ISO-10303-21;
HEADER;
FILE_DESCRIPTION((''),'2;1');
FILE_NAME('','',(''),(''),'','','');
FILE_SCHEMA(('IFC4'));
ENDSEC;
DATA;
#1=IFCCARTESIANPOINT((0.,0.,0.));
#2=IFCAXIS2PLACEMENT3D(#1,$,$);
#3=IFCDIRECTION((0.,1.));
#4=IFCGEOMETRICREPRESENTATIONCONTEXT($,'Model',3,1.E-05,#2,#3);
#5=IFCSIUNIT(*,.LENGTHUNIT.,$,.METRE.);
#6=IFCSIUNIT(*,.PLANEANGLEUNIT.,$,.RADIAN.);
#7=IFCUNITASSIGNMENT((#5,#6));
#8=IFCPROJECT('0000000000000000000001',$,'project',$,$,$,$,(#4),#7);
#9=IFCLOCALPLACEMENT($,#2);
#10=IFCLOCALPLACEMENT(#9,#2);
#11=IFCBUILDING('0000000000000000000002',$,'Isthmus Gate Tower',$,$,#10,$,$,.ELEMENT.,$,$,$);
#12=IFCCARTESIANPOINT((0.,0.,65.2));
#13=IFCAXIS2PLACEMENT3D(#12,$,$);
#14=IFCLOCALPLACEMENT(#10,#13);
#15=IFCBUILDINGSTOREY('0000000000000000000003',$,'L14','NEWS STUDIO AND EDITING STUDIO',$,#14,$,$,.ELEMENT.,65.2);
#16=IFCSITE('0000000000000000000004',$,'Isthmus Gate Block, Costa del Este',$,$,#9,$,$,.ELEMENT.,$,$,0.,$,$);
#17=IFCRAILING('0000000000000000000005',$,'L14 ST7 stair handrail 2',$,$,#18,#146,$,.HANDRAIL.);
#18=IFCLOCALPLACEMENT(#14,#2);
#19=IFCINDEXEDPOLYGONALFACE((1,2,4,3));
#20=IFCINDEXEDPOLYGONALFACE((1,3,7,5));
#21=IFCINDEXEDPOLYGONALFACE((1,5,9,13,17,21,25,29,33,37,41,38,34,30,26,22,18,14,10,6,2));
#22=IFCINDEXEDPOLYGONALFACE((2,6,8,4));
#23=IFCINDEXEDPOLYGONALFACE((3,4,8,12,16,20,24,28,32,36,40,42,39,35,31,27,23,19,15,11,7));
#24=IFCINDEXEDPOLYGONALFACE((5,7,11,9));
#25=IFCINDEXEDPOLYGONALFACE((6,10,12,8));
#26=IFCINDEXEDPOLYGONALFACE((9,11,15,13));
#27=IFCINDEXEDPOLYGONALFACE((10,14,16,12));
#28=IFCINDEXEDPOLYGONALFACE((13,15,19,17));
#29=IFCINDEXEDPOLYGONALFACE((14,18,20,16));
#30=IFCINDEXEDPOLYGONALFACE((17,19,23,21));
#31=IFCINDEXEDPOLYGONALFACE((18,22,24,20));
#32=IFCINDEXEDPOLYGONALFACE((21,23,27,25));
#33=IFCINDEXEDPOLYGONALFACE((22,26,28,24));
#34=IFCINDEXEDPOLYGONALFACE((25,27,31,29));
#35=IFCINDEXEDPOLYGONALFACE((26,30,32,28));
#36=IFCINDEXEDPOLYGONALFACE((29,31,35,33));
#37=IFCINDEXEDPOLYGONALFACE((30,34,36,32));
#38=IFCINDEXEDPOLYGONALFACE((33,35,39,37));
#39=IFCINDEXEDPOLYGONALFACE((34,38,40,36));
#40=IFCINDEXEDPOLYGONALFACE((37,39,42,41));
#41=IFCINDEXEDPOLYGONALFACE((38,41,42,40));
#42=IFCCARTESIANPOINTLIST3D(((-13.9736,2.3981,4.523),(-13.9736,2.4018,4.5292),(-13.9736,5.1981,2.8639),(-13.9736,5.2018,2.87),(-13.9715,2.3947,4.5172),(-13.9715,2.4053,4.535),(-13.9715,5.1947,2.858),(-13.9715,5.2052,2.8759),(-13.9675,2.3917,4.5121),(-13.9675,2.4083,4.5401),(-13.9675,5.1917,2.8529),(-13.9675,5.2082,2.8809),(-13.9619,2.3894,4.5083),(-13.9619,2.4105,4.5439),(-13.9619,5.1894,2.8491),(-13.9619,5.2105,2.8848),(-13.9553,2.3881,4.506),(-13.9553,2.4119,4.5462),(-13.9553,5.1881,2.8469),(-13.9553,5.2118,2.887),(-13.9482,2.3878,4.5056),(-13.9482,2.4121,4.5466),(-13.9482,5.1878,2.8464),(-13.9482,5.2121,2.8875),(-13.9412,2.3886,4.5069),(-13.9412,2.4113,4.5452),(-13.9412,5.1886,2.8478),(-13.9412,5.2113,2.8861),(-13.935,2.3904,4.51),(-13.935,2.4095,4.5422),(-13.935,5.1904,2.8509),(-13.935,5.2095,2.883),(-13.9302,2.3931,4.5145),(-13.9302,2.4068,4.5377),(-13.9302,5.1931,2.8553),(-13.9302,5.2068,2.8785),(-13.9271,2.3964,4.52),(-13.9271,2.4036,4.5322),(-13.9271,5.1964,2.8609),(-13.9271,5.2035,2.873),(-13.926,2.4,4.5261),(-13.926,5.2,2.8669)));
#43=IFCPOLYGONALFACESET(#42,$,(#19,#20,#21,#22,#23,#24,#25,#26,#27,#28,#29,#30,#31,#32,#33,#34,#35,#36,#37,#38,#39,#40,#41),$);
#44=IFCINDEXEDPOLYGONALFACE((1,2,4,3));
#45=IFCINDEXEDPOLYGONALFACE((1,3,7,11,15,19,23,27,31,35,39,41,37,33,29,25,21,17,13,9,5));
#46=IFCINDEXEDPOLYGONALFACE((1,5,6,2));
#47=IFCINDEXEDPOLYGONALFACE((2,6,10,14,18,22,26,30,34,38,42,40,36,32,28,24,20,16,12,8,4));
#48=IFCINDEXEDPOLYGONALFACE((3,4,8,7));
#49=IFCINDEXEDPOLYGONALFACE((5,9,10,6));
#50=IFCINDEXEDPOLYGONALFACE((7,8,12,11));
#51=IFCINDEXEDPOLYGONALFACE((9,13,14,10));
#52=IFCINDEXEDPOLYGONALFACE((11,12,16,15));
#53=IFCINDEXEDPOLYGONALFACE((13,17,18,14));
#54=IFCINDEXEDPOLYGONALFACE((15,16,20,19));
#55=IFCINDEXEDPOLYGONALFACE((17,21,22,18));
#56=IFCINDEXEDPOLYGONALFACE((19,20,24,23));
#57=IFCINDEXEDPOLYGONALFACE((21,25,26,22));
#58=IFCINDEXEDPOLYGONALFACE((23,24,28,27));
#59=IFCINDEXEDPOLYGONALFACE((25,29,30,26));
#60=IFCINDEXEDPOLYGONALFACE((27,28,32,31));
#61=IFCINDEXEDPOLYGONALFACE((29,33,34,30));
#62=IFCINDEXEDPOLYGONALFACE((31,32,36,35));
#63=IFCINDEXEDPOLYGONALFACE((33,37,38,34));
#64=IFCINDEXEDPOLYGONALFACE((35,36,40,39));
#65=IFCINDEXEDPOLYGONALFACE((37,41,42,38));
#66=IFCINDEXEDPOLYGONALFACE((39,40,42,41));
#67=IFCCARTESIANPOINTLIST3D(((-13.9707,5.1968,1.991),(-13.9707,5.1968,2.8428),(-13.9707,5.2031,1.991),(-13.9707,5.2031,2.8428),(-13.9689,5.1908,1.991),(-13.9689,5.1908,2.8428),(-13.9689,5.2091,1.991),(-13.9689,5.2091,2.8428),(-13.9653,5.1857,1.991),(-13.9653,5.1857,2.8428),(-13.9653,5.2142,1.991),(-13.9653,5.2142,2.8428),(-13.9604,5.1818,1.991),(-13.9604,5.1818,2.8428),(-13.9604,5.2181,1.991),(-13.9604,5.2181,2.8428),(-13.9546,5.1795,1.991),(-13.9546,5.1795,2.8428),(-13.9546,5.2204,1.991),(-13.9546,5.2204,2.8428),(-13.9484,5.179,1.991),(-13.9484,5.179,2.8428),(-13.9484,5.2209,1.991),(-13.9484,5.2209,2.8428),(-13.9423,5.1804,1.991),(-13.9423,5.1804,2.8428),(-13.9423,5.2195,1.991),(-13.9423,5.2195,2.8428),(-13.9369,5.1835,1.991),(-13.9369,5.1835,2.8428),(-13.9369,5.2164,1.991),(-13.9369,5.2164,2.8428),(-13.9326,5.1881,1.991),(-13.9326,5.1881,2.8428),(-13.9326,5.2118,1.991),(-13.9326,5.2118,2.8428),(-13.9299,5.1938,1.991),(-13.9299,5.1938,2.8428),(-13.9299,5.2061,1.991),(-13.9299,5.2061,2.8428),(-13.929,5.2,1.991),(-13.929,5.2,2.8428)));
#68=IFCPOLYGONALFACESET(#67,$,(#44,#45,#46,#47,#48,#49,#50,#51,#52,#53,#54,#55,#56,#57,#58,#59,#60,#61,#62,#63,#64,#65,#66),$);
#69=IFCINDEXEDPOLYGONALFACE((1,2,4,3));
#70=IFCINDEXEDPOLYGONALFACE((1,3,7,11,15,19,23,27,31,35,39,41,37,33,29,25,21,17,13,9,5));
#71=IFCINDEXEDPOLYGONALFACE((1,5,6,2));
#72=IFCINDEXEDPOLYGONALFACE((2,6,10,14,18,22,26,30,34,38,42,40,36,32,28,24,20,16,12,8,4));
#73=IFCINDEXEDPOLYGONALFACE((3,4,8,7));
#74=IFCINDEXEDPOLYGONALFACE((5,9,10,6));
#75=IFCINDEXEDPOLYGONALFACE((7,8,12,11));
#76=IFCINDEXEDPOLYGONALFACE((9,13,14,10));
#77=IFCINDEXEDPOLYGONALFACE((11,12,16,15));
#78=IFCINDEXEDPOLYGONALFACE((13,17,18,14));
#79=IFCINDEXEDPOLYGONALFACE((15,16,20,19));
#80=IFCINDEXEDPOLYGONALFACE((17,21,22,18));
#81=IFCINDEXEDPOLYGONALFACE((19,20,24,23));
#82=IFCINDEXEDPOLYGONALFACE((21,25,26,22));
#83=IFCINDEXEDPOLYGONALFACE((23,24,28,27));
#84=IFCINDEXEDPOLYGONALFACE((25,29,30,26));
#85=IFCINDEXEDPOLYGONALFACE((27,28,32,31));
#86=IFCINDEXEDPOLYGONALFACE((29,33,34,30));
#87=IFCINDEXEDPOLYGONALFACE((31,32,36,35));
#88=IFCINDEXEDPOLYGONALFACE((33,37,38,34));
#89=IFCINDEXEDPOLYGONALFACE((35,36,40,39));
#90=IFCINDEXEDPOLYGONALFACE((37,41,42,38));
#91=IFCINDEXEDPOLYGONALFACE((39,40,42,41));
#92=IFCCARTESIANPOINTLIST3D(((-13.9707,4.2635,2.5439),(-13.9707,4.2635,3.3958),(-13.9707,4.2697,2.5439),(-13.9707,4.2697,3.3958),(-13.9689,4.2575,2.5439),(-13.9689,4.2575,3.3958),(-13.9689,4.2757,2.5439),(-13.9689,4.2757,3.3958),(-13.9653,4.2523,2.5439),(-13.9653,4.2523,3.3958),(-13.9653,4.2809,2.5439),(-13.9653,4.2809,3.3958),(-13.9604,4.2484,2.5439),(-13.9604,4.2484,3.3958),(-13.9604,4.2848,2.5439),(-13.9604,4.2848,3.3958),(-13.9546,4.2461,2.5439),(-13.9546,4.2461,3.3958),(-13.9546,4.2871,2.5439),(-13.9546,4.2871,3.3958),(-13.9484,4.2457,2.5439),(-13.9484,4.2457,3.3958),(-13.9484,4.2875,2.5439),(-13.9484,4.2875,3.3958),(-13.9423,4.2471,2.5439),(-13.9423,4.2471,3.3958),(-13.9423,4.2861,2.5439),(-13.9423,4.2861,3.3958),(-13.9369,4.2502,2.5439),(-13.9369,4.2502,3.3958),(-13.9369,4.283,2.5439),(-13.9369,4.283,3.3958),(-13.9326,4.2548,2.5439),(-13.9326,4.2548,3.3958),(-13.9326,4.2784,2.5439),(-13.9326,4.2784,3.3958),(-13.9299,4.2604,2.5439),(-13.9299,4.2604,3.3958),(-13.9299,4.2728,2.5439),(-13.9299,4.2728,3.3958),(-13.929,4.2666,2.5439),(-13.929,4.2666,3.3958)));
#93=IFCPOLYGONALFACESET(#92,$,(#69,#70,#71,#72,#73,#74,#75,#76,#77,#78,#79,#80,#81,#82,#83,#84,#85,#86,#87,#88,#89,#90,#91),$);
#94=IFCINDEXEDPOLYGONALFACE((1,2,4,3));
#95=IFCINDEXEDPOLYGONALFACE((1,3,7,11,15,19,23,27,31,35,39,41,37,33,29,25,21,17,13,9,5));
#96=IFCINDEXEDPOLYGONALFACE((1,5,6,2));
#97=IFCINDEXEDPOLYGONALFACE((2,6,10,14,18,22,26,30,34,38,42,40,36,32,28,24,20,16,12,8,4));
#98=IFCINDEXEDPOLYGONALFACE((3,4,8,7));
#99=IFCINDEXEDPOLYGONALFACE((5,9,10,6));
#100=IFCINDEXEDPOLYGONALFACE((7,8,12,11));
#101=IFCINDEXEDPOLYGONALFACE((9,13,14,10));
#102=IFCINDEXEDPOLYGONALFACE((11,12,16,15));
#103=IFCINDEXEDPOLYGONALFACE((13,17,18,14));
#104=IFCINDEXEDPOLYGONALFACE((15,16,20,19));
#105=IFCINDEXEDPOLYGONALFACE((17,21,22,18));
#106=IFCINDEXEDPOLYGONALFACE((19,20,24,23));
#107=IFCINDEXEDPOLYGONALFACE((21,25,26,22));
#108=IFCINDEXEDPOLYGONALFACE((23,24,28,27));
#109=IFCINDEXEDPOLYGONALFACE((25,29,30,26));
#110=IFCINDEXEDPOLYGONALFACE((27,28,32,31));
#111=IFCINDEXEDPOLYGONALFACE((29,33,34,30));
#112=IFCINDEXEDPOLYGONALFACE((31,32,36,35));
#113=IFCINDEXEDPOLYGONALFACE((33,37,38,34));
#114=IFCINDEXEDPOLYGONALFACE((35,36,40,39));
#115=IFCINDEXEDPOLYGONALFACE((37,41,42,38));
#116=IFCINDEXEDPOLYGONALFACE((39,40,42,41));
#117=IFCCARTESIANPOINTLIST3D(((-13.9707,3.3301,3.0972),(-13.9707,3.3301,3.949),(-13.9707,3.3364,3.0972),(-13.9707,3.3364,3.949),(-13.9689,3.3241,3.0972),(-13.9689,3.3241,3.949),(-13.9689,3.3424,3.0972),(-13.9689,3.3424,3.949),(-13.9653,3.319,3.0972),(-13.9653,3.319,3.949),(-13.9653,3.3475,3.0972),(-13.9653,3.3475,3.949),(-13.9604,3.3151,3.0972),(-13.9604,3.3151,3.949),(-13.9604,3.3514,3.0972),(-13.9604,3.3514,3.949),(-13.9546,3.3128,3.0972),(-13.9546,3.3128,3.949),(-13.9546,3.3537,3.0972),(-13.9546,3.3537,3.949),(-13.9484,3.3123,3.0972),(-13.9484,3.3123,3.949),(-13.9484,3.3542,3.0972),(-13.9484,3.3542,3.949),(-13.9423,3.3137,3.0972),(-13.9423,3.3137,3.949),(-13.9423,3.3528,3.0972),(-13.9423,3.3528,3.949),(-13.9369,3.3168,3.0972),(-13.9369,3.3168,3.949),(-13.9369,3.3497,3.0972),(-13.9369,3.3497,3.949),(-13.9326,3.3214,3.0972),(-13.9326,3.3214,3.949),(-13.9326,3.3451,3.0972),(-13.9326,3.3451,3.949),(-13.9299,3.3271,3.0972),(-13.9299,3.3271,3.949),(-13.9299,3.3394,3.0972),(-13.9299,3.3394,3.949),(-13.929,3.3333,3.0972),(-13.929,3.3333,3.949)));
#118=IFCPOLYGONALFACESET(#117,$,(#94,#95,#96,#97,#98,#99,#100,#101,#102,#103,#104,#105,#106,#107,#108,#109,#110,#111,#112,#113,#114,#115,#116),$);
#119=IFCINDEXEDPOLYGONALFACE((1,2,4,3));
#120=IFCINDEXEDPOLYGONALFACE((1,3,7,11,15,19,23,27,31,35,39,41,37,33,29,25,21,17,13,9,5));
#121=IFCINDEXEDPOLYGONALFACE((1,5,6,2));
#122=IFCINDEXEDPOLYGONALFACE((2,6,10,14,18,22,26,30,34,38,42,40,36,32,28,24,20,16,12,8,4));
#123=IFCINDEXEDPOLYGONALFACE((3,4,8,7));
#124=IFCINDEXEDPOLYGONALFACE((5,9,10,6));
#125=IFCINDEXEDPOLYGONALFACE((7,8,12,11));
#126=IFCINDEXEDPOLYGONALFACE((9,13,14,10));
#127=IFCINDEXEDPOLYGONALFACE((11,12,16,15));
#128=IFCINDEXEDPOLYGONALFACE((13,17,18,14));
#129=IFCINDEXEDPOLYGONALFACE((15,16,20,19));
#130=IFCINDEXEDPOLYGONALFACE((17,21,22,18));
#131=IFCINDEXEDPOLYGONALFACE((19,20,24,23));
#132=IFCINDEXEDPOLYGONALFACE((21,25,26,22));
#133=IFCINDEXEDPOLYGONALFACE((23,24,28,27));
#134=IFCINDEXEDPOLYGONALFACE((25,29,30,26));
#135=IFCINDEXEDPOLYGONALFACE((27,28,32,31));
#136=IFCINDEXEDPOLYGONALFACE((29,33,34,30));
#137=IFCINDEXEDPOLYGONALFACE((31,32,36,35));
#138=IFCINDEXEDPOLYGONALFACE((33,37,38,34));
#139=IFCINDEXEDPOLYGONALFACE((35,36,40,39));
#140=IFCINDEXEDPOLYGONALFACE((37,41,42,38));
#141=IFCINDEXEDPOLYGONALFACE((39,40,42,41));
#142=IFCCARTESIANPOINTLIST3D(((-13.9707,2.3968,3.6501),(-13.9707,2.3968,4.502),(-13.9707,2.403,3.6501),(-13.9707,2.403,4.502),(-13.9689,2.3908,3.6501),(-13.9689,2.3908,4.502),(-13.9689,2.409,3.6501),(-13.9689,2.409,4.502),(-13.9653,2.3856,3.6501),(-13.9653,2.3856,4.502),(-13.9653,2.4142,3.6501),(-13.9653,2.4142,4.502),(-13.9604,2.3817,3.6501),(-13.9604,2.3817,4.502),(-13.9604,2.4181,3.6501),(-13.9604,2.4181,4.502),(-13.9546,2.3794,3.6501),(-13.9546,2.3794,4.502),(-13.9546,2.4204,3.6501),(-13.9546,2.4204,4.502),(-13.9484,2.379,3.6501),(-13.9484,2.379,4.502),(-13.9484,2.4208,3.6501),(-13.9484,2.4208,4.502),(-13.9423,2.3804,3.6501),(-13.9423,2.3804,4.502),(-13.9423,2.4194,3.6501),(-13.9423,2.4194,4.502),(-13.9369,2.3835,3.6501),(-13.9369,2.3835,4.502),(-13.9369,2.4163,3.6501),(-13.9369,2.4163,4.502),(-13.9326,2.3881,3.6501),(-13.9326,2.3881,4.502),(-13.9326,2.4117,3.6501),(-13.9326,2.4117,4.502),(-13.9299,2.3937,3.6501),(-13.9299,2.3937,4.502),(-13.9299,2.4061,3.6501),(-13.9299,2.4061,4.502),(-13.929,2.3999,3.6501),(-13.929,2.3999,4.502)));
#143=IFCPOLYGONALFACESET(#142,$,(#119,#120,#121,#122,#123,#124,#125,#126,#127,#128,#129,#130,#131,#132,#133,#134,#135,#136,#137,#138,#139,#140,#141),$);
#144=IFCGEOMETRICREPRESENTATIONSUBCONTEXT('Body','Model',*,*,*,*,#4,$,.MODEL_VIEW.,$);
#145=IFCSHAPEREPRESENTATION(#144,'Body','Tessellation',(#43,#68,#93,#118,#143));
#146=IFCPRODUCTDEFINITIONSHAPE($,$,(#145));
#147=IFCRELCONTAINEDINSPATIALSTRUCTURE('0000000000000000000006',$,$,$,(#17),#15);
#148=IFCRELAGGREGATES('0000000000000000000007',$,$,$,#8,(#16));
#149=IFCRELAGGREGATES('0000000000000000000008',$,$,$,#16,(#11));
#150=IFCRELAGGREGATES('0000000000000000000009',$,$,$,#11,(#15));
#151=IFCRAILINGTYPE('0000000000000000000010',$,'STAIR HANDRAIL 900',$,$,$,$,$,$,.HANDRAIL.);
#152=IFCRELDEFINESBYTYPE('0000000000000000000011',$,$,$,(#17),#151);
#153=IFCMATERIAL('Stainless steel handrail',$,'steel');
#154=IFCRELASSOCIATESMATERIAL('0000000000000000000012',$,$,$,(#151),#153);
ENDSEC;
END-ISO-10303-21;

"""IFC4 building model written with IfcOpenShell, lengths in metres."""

from ifc_helpers import new_model, si_unit, direction, frame, origin, origin_2d, place, context, subcontext, project, spatial, circle, extrude, material, type_object, element, save


model = new_model("IFC4")

# Units and contexts
model_context = context("Model", 3, precision=1e-05, world=origin(), true_north=direction((0.0, 1.0)))
body_context = subcontext(model_context, "Body", "Model", "MODEL_VIEW")
ifc_project = project(units=[si_unit("LENGTHUNIT", "METRE"), si_unit("PLANEANGLEUNIT", "RADIAN")], contexts=[model_context])

# Site, building, storey
site_placement = place(None, origin())
site = spatial("IfcSite", under=ifc_project, at=site_placement, Name="Isthmus Gate Block, Costa del Este", CompositionType="ELEMENT", RefElevation=0.0)
building_placement = place(site_placement, origin())
building = spatial("IfcBuilding", under=site, at=building_placement, Name="Isthmus Gate Tower", CompositionType="ELEMENT")
storey_placement = place(building_placement, frame((0.0, 0.0, 65.2)))
storey = spatial("IfcBuildingStorey", under=building, at=storey_placement, Name="L14", Description="NEWS STUDIO AND EDITING STUDIO", CompositionType="ELEMENT", Elevation=65.2)

# Railing
ifc_material_1 = material(Name="Stainless steel handrail", Category="steel")
railing_type_1 = type_object("IfcRailingType", Name="STAIR HANDRAIL 900", PredefinedType="HANDRAIL", material=ifc_material_1)
railing_1_placement = place(storey_placement, frame((-13.95, 5.2, 1.991)))
element("IfcRailing", 1, at=railing_1_placement, inside=storey, type_object=railing_type_1, Name="L14 ST7 stair handrail 2", PredefinedType="HANDRAIL", context=body_context, shape_type="SweptSolid", body=[
    extrude(circle(Radius=0.0239, at=origin_2d()), frame((0.0, 0.0, 0.876), z_axis=(0.0, -0.860306, 0.509778), x_axis=(1.0, 0.0, 0.0)), (0.0, 0.0, 1.0), 3.2546),
    extrude(circle(Radius=0.021, at=origin_2d()), origin(), (0.0, 0.0, 1.0), 0.8518),
    extrude(circle(Radius=0.021, at=origin_2d()), frame((0.0, -0.9333, 0.553)), (0.0, 0.0, 1.0), 0.8518),
    extrude(circle(Radius=0.021, at=origin_2d()), frame((0.0, -1.8667, 1.1062)), (0.0, 0.0, 1.0), 0.8518),
    extrude(circle(Radius=0.021, at=origin_2d()), frame((0.0, -2.8, 1.6592)), (0.0, 0.0, 1.0), 0.8518),
])

save(model, "model.ifc")
